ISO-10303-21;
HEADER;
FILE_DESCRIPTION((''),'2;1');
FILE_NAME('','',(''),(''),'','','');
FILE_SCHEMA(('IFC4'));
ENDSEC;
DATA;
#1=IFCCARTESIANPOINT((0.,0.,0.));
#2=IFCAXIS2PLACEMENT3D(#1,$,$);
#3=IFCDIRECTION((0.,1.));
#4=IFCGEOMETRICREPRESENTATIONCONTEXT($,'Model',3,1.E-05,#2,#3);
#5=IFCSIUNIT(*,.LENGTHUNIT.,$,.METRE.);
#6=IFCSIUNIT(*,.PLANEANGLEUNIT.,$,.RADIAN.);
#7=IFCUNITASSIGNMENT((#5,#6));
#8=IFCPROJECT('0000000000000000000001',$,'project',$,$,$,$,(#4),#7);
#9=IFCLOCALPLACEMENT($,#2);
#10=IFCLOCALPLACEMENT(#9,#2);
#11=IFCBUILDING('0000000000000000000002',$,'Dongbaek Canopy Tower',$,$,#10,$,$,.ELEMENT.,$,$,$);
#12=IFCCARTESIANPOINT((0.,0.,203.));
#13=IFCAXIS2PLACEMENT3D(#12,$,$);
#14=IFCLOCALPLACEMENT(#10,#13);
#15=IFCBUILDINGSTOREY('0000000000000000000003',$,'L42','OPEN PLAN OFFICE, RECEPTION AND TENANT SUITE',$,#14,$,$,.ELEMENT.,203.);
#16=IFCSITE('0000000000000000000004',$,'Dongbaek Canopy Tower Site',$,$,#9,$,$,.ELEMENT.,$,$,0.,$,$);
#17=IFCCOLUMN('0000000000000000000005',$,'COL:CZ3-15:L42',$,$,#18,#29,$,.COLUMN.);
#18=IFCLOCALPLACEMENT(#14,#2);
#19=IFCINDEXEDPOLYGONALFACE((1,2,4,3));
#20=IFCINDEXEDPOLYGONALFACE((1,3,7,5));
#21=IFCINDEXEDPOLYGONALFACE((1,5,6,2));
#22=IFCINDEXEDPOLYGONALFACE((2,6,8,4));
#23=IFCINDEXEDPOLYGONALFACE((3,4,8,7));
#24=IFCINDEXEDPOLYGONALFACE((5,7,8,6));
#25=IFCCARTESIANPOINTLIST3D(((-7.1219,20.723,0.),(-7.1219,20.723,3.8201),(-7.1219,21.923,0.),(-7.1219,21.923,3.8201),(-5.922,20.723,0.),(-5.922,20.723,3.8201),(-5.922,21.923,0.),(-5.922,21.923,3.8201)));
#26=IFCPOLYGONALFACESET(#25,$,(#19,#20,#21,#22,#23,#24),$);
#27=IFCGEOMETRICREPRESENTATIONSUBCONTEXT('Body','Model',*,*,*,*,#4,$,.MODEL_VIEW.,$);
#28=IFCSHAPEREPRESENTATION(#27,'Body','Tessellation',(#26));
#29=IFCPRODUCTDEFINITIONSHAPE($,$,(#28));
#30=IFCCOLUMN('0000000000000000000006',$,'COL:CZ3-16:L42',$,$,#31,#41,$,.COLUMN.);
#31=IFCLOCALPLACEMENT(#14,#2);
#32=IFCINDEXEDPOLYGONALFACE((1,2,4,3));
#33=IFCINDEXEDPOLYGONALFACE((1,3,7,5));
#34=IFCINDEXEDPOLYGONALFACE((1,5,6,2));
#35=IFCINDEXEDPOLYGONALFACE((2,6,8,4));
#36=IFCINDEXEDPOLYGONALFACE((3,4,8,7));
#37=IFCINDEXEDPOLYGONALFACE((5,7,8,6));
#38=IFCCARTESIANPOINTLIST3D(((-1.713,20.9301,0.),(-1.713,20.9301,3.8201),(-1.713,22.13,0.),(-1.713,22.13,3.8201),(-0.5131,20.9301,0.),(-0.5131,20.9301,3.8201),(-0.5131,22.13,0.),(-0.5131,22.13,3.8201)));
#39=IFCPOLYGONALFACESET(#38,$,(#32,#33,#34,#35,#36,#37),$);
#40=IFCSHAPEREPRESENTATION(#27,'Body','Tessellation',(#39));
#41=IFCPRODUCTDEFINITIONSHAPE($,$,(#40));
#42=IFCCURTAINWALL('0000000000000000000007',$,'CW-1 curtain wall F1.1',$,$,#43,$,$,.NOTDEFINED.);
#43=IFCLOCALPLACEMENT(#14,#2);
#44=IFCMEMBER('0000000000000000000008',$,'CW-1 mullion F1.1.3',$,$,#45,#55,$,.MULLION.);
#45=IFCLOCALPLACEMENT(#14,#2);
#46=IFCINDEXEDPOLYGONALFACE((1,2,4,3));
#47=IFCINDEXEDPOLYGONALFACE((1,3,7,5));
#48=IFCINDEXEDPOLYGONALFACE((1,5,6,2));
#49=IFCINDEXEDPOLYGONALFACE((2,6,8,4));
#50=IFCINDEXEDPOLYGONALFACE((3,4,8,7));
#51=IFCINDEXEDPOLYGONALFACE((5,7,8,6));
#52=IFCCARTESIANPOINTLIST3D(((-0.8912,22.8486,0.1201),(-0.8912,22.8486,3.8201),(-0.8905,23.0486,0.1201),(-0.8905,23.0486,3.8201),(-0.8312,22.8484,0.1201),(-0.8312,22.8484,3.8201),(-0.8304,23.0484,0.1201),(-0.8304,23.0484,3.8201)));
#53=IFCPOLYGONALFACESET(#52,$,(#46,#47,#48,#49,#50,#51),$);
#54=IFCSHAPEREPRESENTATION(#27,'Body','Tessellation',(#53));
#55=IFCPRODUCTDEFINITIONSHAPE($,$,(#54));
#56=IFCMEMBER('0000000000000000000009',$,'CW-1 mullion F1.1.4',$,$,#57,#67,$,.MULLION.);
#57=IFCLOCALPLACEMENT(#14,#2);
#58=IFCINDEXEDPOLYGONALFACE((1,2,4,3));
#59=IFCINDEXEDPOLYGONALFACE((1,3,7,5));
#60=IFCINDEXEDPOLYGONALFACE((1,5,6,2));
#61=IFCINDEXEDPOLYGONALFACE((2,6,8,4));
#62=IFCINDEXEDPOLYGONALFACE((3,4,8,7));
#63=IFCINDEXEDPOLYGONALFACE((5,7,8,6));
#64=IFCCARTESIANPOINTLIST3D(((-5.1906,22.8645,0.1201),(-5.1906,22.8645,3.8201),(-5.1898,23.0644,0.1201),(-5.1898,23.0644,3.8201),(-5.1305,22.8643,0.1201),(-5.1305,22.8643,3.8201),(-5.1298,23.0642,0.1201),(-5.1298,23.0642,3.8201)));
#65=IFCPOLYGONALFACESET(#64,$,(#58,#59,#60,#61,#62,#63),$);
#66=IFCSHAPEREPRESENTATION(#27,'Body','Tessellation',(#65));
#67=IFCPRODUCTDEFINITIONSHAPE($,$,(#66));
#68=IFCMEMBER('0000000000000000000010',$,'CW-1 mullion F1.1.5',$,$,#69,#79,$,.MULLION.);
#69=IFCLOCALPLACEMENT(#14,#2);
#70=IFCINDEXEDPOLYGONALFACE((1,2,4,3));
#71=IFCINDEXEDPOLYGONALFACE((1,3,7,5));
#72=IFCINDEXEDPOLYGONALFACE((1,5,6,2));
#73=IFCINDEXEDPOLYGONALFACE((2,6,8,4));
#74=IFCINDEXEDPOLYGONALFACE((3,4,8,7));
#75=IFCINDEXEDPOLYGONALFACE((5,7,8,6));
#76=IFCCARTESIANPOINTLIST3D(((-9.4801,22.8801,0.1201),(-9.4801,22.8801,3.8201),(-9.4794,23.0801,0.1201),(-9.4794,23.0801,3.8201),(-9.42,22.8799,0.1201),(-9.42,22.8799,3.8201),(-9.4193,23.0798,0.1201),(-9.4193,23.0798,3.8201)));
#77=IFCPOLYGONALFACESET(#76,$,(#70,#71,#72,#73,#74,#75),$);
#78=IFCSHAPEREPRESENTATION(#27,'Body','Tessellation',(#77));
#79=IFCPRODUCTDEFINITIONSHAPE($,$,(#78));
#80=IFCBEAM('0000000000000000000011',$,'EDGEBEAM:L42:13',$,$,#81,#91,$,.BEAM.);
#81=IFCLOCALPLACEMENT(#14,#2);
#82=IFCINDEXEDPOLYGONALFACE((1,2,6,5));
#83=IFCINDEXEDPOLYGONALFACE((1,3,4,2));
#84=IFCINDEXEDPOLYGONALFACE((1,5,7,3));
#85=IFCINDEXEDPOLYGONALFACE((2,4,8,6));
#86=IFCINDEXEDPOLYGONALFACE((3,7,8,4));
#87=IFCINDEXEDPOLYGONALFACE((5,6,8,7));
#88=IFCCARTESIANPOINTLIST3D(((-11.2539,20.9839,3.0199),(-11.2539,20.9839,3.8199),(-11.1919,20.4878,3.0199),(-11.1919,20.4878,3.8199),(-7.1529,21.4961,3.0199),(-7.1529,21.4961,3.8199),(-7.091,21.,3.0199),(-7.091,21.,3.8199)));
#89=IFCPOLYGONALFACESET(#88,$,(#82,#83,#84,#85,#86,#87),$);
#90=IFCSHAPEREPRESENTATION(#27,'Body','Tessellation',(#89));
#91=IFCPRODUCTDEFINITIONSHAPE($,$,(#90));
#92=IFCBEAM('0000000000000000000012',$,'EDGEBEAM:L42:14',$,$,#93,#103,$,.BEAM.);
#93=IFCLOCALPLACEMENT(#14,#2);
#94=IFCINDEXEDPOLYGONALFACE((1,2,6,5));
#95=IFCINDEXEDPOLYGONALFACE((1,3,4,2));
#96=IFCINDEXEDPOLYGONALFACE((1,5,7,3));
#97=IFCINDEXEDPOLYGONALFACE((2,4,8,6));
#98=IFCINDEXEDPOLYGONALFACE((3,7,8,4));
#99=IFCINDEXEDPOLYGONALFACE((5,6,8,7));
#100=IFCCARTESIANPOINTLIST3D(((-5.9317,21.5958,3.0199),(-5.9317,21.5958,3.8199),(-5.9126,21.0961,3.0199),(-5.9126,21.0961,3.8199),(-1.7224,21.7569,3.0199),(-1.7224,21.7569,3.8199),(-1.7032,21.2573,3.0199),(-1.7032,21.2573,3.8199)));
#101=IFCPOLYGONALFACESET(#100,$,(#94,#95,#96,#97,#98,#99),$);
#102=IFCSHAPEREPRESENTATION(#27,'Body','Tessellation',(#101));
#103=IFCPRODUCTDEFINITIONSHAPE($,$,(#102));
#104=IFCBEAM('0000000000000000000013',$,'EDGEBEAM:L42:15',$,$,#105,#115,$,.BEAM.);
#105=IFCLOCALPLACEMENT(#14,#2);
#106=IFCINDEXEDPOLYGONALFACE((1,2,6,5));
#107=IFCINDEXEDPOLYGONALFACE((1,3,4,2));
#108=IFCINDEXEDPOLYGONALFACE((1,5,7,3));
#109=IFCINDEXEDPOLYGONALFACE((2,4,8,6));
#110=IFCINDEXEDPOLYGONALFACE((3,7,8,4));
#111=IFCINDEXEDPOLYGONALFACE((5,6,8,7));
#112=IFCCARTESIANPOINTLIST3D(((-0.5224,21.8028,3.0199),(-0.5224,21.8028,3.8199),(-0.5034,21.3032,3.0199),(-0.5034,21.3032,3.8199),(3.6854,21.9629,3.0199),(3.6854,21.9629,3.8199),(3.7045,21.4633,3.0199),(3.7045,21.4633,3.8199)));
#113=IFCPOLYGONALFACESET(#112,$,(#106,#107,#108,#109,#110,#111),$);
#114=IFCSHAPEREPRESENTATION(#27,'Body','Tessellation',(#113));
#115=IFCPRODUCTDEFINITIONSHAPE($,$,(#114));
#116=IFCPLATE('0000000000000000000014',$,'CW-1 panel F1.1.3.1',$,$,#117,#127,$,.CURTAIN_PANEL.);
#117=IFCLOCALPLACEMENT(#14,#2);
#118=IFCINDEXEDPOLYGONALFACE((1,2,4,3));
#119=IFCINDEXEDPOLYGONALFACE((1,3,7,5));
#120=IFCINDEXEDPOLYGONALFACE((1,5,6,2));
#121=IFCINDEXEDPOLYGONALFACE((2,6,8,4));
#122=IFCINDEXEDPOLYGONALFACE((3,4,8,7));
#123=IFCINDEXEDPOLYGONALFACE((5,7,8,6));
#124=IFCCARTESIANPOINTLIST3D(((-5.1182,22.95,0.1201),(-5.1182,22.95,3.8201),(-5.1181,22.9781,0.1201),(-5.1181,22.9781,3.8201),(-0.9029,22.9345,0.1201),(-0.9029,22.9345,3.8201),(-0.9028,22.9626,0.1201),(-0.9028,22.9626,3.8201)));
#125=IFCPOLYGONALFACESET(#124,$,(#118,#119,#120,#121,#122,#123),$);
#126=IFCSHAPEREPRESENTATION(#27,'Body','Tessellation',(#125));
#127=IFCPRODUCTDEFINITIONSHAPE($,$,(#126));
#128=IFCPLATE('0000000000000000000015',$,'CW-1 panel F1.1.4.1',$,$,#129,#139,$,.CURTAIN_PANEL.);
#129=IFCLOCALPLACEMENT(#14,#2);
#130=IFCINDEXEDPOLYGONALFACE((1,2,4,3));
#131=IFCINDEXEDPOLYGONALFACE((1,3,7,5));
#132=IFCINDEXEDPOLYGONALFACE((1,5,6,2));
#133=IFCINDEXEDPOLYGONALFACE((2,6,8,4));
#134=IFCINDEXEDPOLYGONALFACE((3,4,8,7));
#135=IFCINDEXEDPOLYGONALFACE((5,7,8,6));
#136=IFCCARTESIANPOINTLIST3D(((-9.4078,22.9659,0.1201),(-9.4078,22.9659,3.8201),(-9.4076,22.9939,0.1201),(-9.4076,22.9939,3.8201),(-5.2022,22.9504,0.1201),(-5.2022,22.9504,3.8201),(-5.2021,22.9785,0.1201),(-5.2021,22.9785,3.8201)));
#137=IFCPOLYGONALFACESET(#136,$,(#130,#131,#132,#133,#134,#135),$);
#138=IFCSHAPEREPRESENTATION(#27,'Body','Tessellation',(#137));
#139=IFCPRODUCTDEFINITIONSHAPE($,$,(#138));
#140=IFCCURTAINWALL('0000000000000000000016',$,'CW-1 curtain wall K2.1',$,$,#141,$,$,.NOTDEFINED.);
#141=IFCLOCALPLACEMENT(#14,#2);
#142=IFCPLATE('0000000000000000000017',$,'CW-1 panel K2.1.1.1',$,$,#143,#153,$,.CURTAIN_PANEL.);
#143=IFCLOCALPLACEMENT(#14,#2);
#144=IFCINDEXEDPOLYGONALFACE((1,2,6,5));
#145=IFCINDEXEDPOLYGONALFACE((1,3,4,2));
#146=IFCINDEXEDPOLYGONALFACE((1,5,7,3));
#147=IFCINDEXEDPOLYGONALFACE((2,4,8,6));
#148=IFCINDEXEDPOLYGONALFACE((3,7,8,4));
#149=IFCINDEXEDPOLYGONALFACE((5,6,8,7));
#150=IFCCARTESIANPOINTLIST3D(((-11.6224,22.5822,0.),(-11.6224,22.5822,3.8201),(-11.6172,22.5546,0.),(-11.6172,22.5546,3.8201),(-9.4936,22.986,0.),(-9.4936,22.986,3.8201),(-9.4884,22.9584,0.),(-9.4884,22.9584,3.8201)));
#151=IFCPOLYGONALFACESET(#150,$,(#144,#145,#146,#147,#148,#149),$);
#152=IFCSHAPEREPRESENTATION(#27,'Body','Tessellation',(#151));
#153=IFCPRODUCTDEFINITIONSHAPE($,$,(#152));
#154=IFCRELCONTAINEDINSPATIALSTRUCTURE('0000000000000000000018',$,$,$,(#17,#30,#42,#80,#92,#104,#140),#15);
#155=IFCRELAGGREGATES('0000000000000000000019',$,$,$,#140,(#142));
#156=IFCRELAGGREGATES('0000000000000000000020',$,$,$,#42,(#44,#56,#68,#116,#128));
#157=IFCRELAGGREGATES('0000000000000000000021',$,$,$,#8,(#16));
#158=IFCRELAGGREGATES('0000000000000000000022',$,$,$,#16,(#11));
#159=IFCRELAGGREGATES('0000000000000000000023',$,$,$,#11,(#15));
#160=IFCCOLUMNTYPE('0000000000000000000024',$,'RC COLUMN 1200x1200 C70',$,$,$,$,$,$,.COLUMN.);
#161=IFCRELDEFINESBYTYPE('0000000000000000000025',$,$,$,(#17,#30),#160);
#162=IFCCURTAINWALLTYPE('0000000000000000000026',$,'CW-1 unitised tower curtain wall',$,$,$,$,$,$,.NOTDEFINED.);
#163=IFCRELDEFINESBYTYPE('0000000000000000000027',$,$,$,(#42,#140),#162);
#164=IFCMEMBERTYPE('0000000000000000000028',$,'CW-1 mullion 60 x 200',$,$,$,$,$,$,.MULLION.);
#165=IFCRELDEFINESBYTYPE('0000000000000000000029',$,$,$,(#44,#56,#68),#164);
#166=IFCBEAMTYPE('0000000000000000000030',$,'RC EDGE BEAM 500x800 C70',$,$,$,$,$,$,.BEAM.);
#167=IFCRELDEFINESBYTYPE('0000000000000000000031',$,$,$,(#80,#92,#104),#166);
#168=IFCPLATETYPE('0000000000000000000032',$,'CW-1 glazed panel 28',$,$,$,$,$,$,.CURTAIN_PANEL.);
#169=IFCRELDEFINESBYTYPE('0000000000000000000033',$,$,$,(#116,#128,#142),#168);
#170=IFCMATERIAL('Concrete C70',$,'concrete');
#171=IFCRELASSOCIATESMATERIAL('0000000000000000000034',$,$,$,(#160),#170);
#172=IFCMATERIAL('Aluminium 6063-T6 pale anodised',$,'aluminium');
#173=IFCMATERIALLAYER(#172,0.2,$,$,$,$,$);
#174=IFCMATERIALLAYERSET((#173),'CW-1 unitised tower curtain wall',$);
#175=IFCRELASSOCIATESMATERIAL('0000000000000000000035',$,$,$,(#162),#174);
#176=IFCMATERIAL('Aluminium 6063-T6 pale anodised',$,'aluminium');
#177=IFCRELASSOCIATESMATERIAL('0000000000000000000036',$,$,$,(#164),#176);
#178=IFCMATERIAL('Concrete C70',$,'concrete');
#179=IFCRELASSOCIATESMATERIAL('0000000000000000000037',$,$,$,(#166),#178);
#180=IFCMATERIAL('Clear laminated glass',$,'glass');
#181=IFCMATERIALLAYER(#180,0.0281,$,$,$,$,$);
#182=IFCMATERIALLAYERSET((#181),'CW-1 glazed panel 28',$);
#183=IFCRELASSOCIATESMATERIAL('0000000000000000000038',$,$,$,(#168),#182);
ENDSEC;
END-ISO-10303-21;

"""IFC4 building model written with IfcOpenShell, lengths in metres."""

from ifc_helpers import new_model, si_unit, direction, frame, origin, origin_2d, place, context, subcontext, project, spatial, rectangle, extrude, material, layer, layer_set, material_profile, profile_set, type_object, element, aggregate, save


model = new_model("IFC4")

# Units and contexts
model_context = context("Model", 3, precision=1e-05, world=origin(), true_north=direction((0.0, 1.0)))
body_context = subcontext(model_context, "Body", "Model", "MODEL_VIEW")
ifc_project = project(units=[si_unit("LENGTHUNIT", "METRE"), si_unit("PLANEANGLEUNIT", "RADIAN")], contexts=[model_context])

# Site, building, storey
site_placement = place(None, origin())
site = spatial("IfcSite", under=ifc_project, at=site_placement, Name="Dongbaek Canopy Tower Site", CompositionType="ELEMENT", RefElevation=0.0)
building_placement = place(site_placement, origin())
building = spatial("IfcBuilding", under=site, at=building_placement, Name="Dongbaek Canopy Tower", CompositionType="ELEMENT")
storey_placement = place(building_placement, frame((0.0, 0.0, 203.0)))
storey = spatial("IfcBuildingStorey", under=building, at=storey_placement, Name="L42", Description="OPEN PLAN OFFICE, RECEPTION AND TENANT SUITE", CompositionType="ELEMENT", Elevation=203.0)

# Columns
ifc_material_1 = material(Name="Concrete C70", Category="concrete")
ifc_material_profile_1 = material_profile(ifc_material_1, rectangle(XDim=1.2, YDim=1.2, at=origin_2d()), Name="RC COLUMN 1200x1200 C70")
ifc_profile_set_1 = profile_set([ifc_material_profile_1], Name="Concrete C70")
column_type = type_object("IfcColumnType", Name="RC COLUMN 1200x1200 C70", PredefinedType="COLUMN", material=ifc_profile_set_1)
for number, where, z_axis, x_axis, name in (
    (1, (-6.522, 21.323, 0.0), (0.0, 0.0, 1.0), (1.0, 0.0, 0.0), "COL:CZ3-15:L42"),
    (2, (-1.113, 21.53, 0.0), (0.0, 0.0, 1.0), (1.0, 0.0, 0.0), "COL:CZ3-16:L42"),
):
    element("IfcColumn", number, at=place(storey_placement, frame(where, z_axis=z_axis, x_axis=x_axis)), inside=storey, type_object=column_type, Name=name, PredefinedType="COLUMN", context=body_context, shape_type="SweptSolid", body=[
        extrude(rectangle(XDim=1.2, YDim=1.2, at=origin_2d()), origin(), (0.0, 0.0, 1.0), 3.8201),
    ])

# Curtain wall, members
ifc_material_2 = material(Name="Aluminium 6063-T6 pale anodised", Category="aluminium")
ifc_layer_1 = layer(ifc_material_2, 0.2)
ifc_layer_set_1 = layer_set([ifc_layer_1], Name="CW-1 unitised tower curtain wall")
curtain_wall_type = type_object("IfcCurtainWallType", Name="CW-1 unitised tower curtain wall", PredefinedType="NOTDEFINED", material=ifc_layer_set_1)
curtain_wall_1_placement = place(storey_placement, origin())
curtain_wall_1 = element("IfcCurtainWall", 3, at=curtain_wall_1_placement, inside=storey, type_object=curtain_wall_type, Name="CW-1 curtain wall F1.1", PredefinedType="NOTDEFINED")
ifc_material_3 = material(Name="Aluminium 6063-T6 pale anodised", Category="aluminium")
ifc_material_profile_2 = material_profile(ifc_material_3, rectangle(XDim=0.2, YDim=0.0601, at=origin_2d()), Name="CW-1 mullion 60 x 200")
ifc_profile_set_2 = profile_set([ifc_material_profile_2], Name="Aluminium 6063-T6 pale anodised")
member_type = type_object("IfcMemberType", Name="CW-1 mullion 60 x 200", PredefinedType="MULLION", material=ifc_profile_set_2)
member_1_placement = place(storey_placement, frame((-0.8608, 22.9485, 0.1201), z_axis=(0.0, 0.0, 1.0), x_axis=(0.003675, 0.999993, 0.0)))
member_1 = element("IfcMember", 4, at=member_1_placement, type_object=member_type, Name="CW-1 mullion F1.1.3", PredefinedType="MULLION", context=body_context, shape_type="SweptSolid", body=[
    extrude(rectangle(XDim=0.2, YDim=0.0601, at=origin_2d()), origin(), (0.0, 0.0, 1.0), 3.7),
])
member_2_placement = place(storey_placement, frame((-5.1602, 22.9644, 0.1201), z_axis=(0.0, 0.0, 1.0), x_axis=(0.003675, 0.999993, 0.0)))
member_2 = element("IfcMember", 5, at=member_2_placement, type_object=member_type, Name="CW-1 mullion F1.1.4", PredefinedType="MULLION", context=body_context, shape_type="SweptSolid", body=[
    extrude(rectangle(XDim=0.2, YDim=0.0601, at=origin_2d()), origin(), (0.0, 0.0, 1.0), 3.7),
])
member_3_placement = place(storey_placement, frame((-9.4497, 22.98, 0.1201), z_axis=(0.0, 0.0, 1.0), x_axis=(0.003675, 0.999993, 0.0)))
member_3 = element("IfcMember", 6, at=member_3_placement, type_object=member_type, Name="CW-1 mullion F1.1.5", PredefinedType="MULLION", context=body_context, shape_type="SweptSolid", body=[
    extrude(rectangle(XDim=0.2, YDim=0.0601, at=origin_2d()), origin(), (0.0, 0.0, 1.0), 3.7),
])

# Beams
ifc_material_4 = material(Name="Concrete C70", Category="concrete")
ifc_material_profile_3 = material_profile(ifc_material_4, rectangle(XDim=0.5, YDim=0.8, at=origin_2d()), Name="RC EDGE BEAM 500x800 C70")
ifc_profile_set_3 = profile_set([ifc_material_profile_3], Name="Concrete C70")
beam_type = type_object("IfcBeamType", Name="RC EDGE BEAM 500x800 C70", PredefinedType="BEAM", material=ifc_profile_set_3)
beam_1_placement = place(storey_placement, frame((-11.2229, 20.7358, 3.4199), z_axis=(0.99229, 0.12394, 0.0), x_axis=(-0.12394, 0.99229, 0.0)))
element("IfcBeam", 7, at=beam_1_placement, inside=storey, type_object=beam_type, Name="EDGEBEAM:L42:13", PredefinedType="BEAM", context=body_context, shape_type="SweptSolid", body=[
    extrude(rectangle(XDim=0.5, YDim=0.8, at=origin_2d()), origin(), (0.0, 0.0, 1.0), 4.1328),
])
beam_2_placement = place(storey_placement, frame((-5.9221, 21.3459, 3.4199), z_axis=(0.999268, 0.038253, 0.0), x_axis=(-0.038253, 0.999268, 0.0)))
element("IfcBeam", 8, at=beam_2_placement, inside=storey, type_object=beam_type, Name="EDGEBEAM:L42:14", PredefinedType="BEAM", context=body_context, shape_type="SweptSolid", body=[
    extrude(rectangle(XDim=0.5, YDim=0.8, at=origin_2d()), origin(), (0.0, 0.0, 1.0), 4.2124),
])
beam_3_placement = place(storey_placement, frame((-0.5129, 21.553, 3.4199), z_axis=(0.999277, 0.038032, 0.0), x_axis=(-0.038032, 0.999277, 0.0)))
element("IfcBeam", 9, at=beam_3_placement, inside=storey, type_object=beam_type, Name="EDGEBEAM:L42:15", PredefinedType="BEAM", context=body_context, shape_type="SweptSolid", body=[
    extrude(rectangle(XDim=0.5, YDim=0.8, at=origin_2d()), origin(), (0.0, 0.0, 1.0), 4.2109),
])

# Plates
ifc_material_5 = material(Name="Clear laminated glass", Category="glass")
ifc_layer_2 = layer(ifc_material_5, 0.0281)
ifc_layer_set_2 = layer_set([ifc_layer_2], Name="CW-1 glazed panel 28")
plate_type = type_object("IfcPlateType", Name="CW-1 glazed panel 28", PredefinedType="CURTAIN_PANEL", material=ifc_layer_set_2)
plate_1_placement = place(storey_placement, frame((-3.0105, 22.9563, 0.1201), z_axis=(0.0, 0.0, 1.0), x_axis=(-0.999993, 0.003675, 0.0)))
plate_1 = element("IfcPlate", 10, at=plate_1_placement, type_object=plate_type, Name="CW-1 panel F1.1.3.1", PredefinedType="CURTAIN_PANEL", context=body_context, shape_type="SweptSolid", body=[
    extrude(rectangle(XDim=4.2153, YDim=0.0281, at=origin_2d()), origin(), (0.0, 0.0, 1.0), 3.7),
])
plate_2_placement = place(storey_placement, frame((-7.3049, 22.9722, 0.1201), z_axis=(0.0, 0.0, 1.0), x_axis=(-0.999993, 0.003675, 0.0)))
plate_2 = element("IfcPlate", 11, at=plate_2_placement, type_object=plate_type, Name="CW-1 panel F1.1.4.1", PredefinedType="CURTAIN_PANEL", context=body_context, shape_type="SweptSolid", body=[
    extrude(rectangle(XDim=4.2056, YDim=0.0281, at=origin_2d()), origin(), (0.0, 0.0, 1.0), 3.7),
])

# Curtain wall, plate
curtain_wall_2_placement = place(storey_placement, origin())
curtain_wall_2 = element("IfcCurtainWall", 12, at=curtain_wall_2_placement, inside=storey, type_object=curtain_wall_type, Name="CW-1 curtain wall K2.1", PredefinedType="NOTDEFINED")
plate_3_placement = place(storey_placement, frame((-10.5554, 22.7703, 0.0), z_axis=(0.0, 0.0, 1.0), x_axis=(-0.982481, -0.186362, 0.0)))
plate_3 = element("IfcPlate", 13, at=plate_3_placement, type_object=plate_type, Name="CW-1 panel K2.1.1.1", PredefinedType="CURTAIN_PANEL", context=body_context, shape_type="SweptSolid", body=[
    extrude(rectangle(XDim=2.1667, YDim=0.0281, at=origin_2d()), origin(), (0.0, 0.0, 1.0), 3.8201),
])
aggregate(curtain_wall_2, [plate_3])

aggregate(curtain_wall_1, [member_1, member_2, member_3, plate_1, plate_2])

save(model, "model.ifc")
